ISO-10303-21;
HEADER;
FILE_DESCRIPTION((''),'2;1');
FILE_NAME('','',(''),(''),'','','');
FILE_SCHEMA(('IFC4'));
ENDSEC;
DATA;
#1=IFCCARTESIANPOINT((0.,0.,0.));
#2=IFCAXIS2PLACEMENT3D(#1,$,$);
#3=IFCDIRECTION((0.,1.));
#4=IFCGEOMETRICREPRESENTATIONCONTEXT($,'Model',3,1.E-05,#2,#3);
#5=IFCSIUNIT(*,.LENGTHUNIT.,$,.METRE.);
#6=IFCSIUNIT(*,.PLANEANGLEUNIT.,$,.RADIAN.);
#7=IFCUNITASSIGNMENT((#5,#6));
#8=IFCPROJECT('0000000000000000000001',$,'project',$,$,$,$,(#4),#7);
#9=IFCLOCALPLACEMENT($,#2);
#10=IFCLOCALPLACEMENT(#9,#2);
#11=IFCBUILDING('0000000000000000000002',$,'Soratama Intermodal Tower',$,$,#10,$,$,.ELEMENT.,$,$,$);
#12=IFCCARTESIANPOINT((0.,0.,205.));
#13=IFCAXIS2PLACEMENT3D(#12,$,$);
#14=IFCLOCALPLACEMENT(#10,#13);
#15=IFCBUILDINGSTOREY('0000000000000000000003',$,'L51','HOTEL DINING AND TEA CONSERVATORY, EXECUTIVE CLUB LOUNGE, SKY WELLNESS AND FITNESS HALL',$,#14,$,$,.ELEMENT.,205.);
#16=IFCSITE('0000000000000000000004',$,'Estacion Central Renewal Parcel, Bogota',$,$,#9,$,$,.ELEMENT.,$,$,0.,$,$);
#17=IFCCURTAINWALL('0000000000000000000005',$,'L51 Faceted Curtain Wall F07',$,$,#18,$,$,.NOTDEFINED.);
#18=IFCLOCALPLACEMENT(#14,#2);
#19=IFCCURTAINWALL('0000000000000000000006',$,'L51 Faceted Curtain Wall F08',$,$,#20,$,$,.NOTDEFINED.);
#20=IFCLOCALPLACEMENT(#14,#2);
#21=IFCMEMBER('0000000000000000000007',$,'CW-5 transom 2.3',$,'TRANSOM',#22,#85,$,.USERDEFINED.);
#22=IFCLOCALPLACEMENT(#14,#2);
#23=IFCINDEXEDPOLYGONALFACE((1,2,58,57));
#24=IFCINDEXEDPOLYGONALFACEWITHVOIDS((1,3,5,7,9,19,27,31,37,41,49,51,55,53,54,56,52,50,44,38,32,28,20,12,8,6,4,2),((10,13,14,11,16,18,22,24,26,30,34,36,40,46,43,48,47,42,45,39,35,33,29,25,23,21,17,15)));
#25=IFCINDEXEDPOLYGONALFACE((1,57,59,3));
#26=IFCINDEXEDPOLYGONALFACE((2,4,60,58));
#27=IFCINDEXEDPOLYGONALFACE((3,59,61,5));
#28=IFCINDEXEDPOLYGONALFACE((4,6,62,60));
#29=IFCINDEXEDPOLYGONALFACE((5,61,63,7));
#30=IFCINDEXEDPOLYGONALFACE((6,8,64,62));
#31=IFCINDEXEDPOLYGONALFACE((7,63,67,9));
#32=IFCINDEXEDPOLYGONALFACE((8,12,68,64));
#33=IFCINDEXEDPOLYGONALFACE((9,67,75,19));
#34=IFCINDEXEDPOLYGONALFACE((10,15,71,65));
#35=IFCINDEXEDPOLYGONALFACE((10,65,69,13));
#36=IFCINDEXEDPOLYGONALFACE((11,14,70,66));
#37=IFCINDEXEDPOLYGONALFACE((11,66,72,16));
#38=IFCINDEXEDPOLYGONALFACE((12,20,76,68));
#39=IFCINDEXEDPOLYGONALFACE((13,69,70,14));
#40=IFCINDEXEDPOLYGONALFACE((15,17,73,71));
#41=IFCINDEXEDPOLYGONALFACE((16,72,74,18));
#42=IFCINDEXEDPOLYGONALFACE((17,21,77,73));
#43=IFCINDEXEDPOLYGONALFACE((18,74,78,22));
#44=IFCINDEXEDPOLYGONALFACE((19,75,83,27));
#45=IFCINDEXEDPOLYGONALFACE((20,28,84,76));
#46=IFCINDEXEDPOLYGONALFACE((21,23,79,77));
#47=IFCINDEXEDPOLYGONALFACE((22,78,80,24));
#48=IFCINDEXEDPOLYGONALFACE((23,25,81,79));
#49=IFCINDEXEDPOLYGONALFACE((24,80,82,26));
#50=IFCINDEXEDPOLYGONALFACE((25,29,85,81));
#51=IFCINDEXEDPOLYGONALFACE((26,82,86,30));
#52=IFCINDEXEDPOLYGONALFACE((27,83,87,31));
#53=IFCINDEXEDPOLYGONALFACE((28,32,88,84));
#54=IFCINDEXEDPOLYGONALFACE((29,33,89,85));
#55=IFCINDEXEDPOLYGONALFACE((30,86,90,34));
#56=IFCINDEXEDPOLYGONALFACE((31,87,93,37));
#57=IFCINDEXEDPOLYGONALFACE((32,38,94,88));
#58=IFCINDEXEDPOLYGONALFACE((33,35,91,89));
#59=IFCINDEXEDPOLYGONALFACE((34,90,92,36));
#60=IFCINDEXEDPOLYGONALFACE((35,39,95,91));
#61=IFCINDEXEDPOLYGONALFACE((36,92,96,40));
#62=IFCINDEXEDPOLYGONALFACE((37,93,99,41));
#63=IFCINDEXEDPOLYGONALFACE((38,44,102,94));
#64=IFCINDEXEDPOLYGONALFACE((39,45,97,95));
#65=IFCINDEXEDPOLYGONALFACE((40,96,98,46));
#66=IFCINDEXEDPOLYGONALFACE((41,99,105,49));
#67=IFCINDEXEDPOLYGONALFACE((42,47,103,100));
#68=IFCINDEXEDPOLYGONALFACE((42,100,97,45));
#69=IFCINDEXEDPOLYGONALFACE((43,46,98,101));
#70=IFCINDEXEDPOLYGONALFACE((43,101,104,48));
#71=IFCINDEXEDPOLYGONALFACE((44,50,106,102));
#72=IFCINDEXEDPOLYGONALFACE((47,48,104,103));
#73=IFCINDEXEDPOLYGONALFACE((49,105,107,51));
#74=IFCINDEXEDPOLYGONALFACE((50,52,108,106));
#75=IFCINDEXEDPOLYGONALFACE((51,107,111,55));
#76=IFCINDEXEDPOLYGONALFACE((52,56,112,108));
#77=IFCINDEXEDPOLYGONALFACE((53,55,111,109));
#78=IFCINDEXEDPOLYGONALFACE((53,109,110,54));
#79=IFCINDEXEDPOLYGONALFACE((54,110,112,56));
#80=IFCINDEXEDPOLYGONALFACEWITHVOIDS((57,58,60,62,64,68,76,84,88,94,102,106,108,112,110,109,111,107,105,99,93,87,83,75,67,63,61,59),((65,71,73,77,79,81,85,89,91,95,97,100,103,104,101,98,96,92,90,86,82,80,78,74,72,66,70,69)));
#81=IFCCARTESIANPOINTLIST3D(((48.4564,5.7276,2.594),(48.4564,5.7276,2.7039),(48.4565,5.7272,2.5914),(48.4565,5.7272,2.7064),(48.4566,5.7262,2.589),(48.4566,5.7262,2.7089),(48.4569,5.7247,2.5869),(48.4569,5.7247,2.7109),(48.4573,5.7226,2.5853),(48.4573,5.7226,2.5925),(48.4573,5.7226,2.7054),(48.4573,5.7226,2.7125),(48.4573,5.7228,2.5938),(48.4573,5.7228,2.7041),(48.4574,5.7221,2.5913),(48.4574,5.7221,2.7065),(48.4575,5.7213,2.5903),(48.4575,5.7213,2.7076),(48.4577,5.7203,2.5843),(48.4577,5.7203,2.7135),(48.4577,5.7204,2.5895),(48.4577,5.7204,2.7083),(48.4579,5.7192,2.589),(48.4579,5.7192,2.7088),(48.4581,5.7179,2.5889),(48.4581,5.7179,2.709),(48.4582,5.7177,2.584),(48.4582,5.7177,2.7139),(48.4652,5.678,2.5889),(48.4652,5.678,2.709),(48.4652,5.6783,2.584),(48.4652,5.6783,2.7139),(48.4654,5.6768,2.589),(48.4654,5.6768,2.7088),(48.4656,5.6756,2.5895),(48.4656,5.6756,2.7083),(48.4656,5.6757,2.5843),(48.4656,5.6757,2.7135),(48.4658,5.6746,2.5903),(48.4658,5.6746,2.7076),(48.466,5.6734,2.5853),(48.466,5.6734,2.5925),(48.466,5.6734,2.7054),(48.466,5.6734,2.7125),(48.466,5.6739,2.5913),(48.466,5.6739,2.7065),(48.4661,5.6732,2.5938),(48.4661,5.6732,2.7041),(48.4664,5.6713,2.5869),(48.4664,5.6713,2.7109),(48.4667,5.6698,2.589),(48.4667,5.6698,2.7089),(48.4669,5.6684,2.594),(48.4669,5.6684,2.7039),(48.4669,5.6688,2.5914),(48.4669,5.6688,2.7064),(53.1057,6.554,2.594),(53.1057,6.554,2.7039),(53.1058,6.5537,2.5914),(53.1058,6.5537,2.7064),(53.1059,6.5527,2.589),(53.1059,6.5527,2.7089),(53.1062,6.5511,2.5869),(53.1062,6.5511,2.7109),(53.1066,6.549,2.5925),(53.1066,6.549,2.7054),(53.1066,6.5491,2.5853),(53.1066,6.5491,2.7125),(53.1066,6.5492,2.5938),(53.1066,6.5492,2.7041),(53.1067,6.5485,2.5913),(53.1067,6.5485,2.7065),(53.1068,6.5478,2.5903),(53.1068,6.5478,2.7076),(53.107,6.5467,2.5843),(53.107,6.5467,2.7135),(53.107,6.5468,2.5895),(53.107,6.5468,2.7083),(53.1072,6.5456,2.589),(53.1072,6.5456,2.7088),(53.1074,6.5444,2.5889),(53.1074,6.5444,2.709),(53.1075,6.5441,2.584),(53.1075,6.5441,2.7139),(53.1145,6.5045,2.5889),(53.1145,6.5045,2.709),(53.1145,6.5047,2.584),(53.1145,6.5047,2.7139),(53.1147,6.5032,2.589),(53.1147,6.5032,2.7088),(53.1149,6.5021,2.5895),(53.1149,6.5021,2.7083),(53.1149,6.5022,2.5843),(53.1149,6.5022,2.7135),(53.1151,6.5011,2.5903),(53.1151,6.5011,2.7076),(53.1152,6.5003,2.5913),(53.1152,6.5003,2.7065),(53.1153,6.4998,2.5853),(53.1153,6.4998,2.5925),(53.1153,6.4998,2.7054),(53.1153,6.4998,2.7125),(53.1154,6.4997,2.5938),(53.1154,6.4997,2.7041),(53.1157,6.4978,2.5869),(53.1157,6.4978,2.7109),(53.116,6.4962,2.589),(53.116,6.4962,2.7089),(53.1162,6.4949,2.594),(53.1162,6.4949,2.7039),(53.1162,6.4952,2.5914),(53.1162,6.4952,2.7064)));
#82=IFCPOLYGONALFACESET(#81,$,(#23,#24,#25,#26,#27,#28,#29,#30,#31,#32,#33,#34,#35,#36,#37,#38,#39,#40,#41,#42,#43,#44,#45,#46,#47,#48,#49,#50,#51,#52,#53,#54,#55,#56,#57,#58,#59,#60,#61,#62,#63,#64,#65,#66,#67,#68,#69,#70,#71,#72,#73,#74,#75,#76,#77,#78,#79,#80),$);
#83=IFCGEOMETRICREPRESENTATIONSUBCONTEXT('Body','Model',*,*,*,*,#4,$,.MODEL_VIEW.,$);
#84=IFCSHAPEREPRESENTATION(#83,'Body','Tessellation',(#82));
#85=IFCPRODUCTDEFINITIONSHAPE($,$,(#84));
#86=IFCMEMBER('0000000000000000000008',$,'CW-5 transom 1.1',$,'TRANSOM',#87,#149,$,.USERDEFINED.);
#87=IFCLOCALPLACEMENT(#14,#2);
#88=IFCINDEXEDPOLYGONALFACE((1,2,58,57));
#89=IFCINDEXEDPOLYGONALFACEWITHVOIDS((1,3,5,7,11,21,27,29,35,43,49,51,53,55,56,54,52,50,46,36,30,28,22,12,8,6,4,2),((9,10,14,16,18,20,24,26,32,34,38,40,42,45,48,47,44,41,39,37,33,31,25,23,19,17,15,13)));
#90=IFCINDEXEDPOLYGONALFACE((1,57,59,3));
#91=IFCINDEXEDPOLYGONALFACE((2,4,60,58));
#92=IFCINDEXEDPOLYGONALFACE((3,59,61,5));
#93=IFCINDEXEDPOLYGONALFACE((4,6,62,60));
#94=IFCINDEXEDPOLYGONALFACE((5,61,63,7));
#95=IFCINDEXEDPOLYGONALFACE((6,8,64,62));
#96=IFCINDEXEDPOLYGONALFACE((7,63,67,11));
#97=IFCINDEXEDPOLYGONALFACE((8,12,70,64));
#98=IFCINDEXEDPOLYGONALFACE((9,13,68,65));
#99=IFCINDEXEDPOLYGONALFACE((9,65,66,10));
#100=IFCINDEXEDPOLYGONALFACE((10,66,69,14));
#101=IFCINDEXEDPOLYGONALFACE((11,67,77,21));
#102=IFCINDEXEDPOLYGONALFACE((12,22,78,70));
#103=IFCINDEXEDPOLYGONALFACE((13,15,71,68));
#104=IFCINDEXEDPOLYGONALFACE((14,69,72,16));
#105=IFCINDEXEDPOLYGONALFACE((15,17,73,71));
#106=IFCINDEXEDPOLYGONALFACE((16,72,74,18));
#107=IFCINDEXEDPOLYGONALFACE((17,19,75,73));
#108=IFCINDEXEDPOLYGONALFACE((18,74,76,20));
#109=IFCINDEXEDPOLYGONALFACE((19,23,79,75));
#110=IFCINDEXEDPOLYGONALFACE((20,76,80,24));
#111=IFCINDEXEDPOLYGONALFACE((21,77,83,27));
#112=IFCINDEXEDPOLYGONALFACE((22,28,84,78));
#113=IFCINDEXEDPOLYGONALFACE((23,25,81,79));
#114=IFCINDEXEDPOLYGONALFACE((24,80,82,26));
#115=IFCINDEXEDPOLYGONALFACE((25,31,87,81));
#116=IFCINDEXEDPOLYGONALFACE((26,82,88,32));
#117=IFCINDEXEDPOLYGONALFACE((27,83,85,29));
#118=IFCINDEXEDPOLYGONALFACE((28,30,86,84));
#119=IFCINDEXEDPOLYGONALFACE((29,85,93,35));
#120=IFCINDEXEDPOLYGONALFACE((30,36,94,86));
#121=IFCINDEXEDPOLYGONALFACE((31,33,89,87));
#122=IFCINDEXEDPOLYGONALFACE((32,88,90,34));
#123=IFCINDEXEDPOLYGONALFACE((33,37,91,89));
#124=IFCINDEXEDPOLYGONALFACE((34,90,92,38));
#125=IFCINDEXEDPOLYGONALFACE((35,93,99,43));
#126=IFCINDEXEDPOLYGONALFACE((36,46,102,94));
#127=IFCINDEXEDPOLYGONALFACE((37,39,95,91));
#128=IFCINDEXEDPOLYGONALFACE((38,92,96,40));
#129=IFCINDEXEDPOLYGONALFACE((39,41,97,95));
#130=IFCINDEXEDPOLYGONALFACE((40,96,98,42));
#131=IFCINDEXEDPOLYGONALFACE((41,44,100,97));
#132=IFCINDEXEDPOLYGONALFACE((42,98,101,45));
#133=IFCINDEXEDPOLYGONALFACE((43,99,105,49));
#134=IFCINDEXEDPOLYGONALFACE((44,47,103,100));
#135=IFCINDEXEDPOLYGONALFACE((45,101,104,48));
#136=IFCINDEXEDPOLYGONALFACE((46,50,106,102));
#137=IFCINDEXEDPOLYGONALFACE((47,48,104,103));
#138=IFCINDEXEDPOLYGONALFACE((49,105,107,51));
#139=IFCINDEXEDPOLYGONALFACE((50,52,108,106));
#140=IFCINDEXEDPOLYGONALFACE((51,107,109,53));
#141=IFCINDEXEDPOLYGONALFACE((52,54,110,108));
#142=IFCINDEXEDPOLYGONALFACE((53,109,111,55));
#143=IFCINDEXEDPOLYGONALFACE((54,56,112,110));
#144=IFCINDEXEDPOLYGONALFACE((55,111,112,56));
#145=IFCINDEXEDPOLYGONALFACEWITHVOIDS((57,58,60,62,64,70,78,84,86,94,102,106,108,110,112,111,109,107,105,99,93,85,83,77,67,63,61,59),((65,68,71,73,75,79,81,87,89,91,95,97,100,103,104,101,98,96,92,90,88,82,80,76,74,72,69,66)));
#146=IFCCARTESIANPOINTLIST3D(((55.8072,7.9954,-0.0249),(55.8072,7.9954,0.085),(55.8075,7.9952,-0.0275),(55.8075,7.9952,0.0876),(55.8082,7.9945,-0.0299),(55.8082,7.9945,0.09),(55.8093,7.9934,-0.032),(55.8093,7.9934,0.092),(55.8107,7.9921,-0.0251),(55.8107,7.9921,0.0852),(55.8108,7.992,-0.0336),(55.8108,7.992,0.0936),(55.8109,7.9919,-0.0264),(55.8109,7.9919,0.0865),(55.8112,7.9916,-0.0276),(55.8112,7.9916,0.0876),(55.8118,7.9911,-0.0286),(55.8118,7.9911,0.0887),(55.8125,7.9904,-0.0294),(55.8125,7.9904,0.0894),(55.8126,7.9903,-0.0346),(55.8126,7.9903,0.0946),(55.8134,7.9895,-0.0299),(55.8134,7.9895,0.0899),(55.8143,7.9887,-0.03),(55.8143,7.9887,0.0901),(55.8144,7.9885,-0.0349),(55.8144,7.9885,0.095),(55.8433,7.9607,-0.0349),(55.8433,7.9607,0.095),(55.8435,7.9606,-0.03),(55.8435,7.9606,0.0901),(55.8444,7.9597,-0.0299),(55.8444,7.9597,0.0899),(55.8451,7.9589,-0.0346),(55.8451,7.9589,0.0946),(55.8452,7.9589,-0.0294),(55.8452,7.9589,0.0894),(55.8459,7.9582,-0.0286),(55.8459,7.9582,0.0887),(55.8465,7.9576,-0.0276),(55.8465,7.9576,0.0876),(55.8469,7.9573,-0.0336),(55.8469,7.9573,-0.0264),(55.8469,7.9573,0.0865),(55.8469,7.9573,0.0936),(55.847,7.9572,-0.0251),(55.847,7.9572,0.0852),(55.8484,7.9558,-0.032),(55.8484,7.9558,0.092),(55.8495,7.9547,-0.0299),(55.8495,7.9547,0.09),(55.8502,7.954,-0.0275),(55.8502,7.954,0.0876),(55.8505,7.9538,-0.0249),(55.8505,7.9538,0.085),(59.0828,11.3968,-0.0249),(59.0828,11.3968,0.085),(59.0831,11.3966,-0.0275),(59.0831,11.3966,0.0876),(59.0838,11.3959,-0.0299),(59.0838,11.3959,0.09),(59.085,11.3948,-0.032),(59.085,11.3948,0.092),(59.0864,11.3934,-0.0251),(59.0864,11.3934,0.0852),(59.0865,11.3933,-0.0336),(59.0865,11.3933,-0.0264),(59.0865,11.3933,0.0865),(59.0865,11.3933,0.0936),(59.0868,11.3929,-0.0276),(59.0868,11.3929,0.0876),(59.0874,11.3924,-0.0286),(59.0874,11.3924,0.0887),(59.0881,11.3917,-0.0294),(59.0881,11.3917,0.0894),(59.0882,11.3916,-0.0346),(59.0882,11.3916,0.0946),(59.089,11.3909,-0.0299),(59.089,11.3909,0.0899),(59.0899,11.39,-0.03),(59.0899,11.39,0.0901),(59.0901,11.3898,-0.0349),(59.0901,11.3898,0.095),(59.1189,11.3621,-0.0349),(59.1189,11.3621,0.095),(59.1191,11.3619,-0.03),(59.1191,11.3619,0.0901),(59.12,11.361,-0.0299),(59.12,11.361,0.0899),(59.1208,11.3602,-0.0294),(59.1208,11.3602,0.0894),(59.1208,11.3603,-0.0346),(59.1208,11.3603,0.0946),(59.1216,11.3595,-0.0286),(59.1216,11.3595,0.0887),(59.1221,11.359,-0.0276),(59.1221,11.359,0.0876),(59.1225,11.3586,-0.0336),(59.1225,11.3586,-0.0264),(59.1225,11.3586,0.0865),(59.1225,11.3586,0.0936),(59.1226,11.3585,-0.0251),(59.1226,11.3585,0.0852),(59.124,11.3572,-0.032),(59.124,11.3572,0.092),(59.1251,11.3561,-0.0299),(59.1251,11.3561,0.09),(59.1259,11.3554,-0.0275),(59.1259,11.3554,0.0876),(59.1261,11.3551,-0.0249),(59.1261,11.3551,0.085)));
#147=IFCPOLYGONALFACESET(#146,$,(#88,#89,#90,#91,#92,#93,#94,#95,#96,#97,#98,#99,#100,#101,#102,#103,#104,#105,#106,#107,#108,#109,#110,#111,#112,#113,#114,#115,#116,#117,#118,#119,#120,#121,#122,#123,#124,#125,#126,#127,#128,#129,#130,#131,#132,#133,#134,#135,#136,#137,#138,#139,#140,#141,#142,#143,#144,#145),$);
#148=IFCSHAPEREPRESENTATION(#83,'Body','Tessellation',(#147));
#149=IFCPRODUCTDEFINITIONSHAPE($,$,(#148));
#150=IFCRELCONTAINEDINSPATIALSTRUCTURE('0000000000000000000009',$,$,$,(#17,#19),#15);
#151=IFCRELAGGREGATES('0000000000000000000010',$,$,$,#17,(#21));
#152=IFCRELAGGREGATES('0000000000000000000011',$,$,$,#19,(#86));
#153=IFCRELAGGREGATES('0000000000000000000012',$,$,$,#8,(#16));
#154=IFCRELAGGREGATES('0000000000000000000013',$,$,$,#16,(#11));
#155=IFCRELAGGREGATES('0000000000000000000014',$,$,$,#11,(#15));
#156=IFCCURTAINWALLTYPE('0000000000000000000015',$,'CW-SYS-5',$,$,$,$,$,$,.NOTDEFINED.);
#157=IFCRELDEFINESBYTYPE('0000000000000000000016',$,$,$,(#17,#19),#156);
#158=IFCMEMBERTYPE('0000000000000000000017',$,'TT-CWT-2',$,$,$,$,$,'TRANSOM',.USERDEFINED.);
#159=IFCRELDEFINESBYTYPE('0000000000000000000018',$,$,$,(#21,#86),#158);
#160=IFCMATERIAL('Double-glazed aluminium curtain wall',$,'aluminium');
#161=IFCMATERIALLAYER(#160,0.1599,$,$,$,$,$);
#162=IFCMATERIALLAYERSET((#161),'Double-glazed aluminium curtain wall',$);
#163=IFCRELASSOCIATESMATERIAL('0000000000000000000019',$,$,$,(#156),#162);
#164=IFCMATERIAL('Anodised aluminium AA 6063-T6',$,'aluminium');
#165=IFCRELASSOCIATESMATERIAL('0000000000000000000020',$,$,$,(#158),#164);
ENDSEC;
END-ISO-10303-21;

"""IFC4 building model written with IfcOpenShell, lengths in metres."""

from ifc_helpers import new_model, si_unit, direction, frame, origin, origin_2d, place, context, subcontext, project, spatial, hollow_rectangle, extrude, material, layer, layer_set, material_profile, profile_set, type_object, element, aggregate, save


model = new_model("IFC4")

# Units and contexts
model_context = context("Model", 3, precision=1e-05, world=origin(), true_north=direction((0.0, 1.0)))
body_context = subcontext(model_context, "Body", "Model", "MODEL_VIEW")
ifc_project = project(units=[si_unit("LENGTHUNIT", "METRE"), si_unit("PLANEANGLEUNIT", "RADIAN")], contexts=[model_context])

# Site, building, storey
site_placement = place(None, origin())
site = spatial("IfcSite", under=ifc_project, at=site_placement, Name="Estacion Central Renewal Parcel, Bogota", CompositionType="ELEMENT", RefElevation=0.0)
building_placement = place(site_placement, origin())
building = spatial("IfcBuilding", under=site, at=building_placement, Name="Soratama Intermodal Tower", CompositionType="ELEMENT")
storey_placement = place(building_placement, frame((0.0, 0.0, 205.0)))
storey = spatial("IfcBuildingStorey", under=building, at=storey_placement, Name="L51", Description="HOTEL DINING AND TEA CONSERVATORY, EXECUTIVE CLUB LOUNGE, SKY WELLNESS AND FITNESS HALL", CompositionType="ELEMENT", Elevation=205.0)

# Curtain walls
ifc_material_1 = material(Name="Double-glazed aluminium curtain wall", Category="aluminium")
ifc_layer_1 = layer(ifc_material_1, 0.1599)
ifc_layer_set_1 = layer_set([ifc_layer_1], Name="Double-glazed aluminium curtain wall")
curtain_wall_type = type_object("IfcCurtainWallType", Name="CW-SYS-5", PredefinedType="NOTDEFINED", material=ifc_layer_set_1)
curtain_wall_1_placement = place(storey_placement, origin())
curtain_wall_1 = element("IfcCurtainWall", 1, at=curtain_wall_1_placement, inside=storey, type_object=curtain_wall_type, Name="L51 Faceted Curtain Wall F07", PredefinedType="NOTDEFINED")
curtain_wall_2_placement = place(storey_placement, origin())
curtain_wall_2 = element("IfcCurtainWall", 2, at=curtain_wall_2_placement, inside=storey, type_object=curtain_wall_type, Name="L51 Faceted Curtain Wall F08", PredefinedType="NOTDEFINED")

# Members
ifc_material_2 = material(Name="Anodised aluminium AA 6063-T6", Category="aluminium")
ifc_material_profile_1 = material_profile(ifc_material_2, hollow_rectangle(XDim=0.0601, YDim=0.1299, WallThickness=0.0049, InnerFilletRadius=0.0049, OuterFilletRadius=0.01, at=origin_2d()), Name="CWT130X60X5")
ifc_profile_set_1 = profile_set([ifc_material_profile_1], Name="Anodised aluminium AA 6063-T6")
member_type_1 = type_object("IfcMemberType", Name="TT-CWT-2", ElementType="TRANSOM", PredefinedType="USERDEFINED", material=ifc_profile_set_1)
member_1_placement = place(storey_placement, frame((48.4617, 5.698, 2.6489), z_axis=(0.984566, 0.175012, 0.0), x_axis=(-0.175012, 0.984566, 0.0)))
member_1 = element("IfcMember", 3, at=member_1_placement, type_object=member_type_1, Name="CW-5 transom 2.3", ObjectType="TRANSOM", PredefinedType="USERDEFINED", context=body_context, shape_type="SweptSolid", body=[
    extrude(hollow_rectangle(XDim=0.0601, YDim=0.1299, WallThickness=0.0049, InnerFilletRadius=0.0049, OuterFilletRadius=0.01, at=origin_2d()), origin(), (0.0, 0.0, 1.0), 4.7222),
])
member_2_placement = place(storey_placement, frame((55.8289, 7.9746, 0.03), z_axis=(0.693669, 0.720294, 0.0), x_axis=(-0.720294, 0.693669, 0.0)))
member_2 = element("IfcMember", 4, at=member_2_placement, type_object=member_type_1, Name="CW-5 transom 1.1", ObjectType="TRANSOM", PredefinedType="USERDEFINED", context=body_context, shape_type="SweptSolid", body=[
    extrude(hollow_rectangle(XDim=0.0601, YDim=0.1299, WallThickness=0.0049, InnerFilletRadius=0.0049, OuterFilletRadius=0.01, at=origin_2d()), origin(), (0.0, 0.0, 1.0), 4.7222),
])

aggregate(curtain_wall_1, [member_1])
aggregate(curtain_wall_2, [member_2])

save(model, "model.ifc")
